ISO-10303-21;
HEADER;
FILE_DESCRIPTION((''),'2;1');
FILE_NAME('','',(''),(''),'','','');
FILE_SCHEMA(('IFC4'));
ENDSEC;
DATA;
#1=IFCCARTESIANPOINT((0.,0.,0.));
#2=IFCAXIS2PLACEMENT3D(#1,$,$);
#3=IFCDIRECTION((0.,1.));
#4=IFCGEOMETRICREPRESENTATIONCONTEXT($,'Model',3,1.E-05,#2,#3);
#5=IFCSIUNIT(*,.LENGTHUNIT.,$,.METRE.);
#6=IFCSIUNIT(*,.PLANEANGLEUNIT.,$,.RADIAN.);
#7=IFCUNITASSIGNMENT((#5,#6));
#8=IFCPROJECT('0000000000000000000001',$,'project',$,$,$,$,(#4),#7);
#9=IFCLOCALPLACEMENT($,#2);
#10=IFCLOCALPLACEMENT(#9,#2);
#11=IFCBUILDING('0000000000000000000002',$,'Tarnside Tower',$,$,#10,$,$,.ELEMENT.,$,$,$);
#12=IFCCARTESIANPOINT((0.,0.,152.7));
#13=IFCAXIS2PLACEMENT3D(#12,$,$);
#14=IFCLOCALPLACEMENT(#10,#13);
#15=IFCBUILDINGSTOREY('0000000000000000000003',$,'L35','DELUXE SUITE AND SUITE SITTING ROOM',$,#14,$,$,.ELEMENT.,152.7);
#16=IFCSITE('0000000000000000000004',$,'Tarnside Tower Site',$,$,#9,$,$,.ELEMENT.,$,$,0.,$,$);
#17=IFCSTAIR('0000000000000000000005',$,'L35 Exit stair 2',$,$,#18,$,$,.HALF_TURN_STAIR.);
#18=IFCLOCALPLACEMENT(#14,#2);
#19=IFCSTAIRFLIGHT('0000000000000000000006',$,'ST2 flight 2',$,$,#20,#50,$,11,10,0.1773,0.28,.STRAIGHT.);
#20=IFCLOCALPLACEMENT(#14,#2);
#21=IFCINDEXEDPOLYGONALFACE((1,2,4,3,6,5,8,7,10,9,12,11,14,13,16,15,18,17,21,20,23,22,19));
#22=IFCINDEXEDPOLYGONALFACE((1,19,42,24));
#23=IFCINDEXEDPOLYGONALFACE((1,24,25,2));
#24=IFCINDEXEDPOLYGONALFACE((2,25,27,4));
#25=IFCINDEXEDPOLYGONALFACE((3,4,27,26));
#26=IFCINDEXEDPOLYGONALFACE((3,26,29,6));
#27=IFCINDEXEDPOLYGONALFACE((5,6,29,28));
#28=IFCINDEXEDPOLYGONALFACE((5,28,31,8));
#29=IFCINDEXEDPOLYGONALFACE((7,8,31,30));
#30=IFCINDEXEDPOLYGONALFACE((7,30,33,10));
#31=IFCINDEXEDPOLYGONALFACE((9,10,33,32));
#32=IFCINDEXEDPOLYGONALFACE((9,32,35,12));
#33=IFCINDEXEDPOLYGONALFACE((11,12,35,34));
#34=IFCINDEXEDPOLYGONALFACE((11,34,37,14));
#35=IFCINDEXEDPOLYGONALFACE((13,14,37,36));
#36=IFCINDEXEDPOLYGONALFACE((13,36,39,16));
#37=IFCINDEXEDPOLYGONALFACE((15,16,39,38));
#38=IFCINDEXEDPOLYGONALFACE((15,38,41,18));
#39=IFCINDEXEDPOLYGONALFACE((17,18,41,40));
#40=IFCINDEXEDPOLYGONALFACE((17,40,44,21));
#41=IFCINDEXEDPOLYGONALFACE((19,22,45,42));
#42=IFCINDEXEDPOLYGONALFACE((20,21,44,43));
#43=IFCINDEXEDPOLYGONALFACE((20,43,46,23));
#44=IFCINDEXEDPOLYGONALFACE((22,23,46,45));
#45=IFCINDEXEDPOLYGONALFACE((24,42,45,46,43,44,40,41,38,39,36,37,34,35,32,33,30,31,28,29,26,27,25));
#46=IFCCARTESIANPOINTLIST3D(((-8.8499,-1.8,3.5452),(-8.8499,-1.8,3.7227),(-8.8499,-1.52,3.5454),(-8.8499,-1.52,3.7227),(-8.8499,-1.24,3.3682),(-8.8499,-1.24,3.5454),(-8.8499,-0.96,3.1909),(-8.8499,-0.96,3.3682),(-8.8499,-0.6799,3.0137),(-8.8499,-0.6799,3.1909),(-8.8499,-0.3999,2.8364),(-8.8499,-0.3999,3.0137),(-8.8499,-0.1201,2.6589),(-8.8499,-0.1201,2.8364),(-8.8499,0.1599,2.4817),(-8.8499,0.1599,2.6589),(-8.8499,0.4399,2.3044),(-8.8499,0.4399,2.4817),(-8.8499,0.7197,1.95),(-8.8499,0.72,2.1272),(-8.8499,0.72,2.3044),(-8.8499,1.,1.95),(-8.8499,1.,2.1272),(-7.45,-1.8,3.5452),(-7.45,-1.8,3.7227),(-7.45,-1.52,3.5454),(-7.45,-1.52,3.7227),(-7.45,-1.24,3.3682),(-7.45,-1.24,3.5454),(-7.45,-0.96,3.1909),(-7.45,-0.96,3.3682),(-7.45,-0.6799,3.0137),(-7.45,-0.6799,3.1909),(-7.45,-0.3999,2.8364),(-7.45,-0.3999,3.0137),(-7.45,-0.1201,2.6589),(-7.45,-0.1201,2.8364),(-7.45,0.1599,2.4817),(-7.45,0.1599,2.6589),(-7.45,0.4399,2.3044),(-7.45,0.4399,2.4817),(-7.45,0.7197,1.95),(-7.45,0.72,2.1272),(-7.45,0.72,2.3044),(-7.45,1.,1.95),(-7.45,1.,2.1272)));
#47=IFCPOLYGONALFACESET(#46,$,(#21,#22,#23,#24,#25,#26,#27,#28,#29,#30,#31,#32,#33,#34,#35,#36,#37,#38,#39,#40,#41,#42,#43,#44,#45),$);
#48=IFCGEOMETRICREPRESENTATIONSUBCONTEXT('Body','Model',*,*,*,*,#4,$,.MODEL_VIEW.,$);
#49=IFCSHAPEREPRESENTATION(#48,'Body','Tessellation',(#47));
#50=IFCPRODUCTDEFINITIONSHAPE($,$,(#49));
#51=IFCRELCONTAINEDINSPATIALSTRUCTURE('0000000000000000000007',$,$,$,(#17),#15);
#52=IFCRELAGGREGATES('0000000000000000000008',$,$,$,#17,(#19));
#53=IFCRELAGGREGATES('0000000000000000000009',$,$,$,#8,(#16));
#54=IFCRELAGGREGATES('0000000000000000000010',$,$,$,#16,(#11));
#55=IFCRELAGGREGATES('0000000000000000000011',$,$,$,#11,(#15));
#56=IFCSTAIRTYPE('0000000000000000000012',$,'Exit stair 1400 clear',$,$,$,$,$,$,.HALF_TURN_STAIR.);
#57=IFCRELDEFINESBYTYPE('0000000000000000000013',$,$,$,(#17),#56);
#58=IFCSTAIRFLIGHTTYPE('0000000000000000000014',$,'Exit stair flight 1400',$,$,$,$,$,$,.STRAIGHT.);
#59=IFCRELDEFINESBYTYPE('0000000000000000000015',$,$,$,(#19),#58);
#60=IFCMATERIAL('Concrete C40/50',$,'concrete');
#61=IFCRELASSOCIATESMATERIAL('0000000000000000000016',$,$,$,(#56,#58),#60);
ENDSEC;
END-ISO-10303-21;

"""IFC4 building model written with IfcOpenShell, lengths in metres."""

from ifc_helpers import new_model, si_unit, direction, frame, origin, place, context, subcontext, project, spatial, polyline, outline, extrude, material, type_object, element, aggregate, save


model = new_model("IFC4")

# Units and contexts
model_context = context("Model", 3, precision=1e-05, world=origin(), true_north=direction((0.0, 1.0)))
body_context = subcontext(model_context, "Body", "Model", "MODEL_VIEW")
ifc_project = project(units=[si_unit("LENGTHUNIT", "METRE"), si_unit("PLANEANGLEUNIT", "RADIAN")], contexts=[model_context])

# Site, building, storey
site_placement = place(None, origin())
site = spatial("IfcSite", under=ifc_project, at=site_placement, Name="Tarnside Tower Site", CompositionType="ELEMENT", RefElevation=0.0)
building_placement = place(site_placement, origin())
building = spatial("IfcBuilding", under=site, at=building_placement, Name="Tarnside Tower", CompositionType="ELEMENT")
storey_placement = place(building_placement, frame((0.0, 0.0, 152.7)))
storey = spatial("IfcBuildingStorey", under=building, at=storey_placement, Name="L35", Description="DELUXE SUITE AND SUITE SITTING ROOM", CompositionType="ELEMENT", Elevation=152.7)

# Shared definitions
ifc_material_1 = material(Name="Concrete C40/50", Category="concrete")

# Stair, stair flight
stair_type = type_object("IfcStairType", Name="Exit stair 1400 clear", PredefinedType="HALF_TURN_STAIR", material=ifc_material_1)
stair_placement = place(storey_placement, origin())
stair = element("IfcStair", 1, at=stair_placement, inside=storey, type_object=stair_type, Name="L35 Exit stair 2", PredefinedType="HALF_TURN_STAIR")
stair_flight_type = type_object("IfcStairFlightType", Name="Exit stair flight 1400", PredefinedType="STRAIGHT", material=ifc_material_1)
stair_flight_placement = place(storey_placement, frame((-8.1499, 1.0, 1.95), z_axis=(0.0, 0.0, 1.0), x_axis=(0.0, -1.0, 0.0)))
stair_flight = element("IfcStairFlight", 2, at=stair_flight_placement, type_object=stair_flight_type, Name="ST2 flight 2", NumberOfRisers=11, NumberOfTreads=10, PredefinedType="STRAIGHT", RiserHeight=0.1773, TreadLength=0.28, context=body_context, shape_type="SweptSolid", body=[
    extrude(outline(polyline([(0.0, 0.0), (0.0, 0.1772), (0.28, 0.1772), (0.28, 0.3545), (0.5601, 0.3545), (0.5601, 0.5317), (0.8401, 0.5317), (0.8401, 0.709), (1.1201, 0.709), (1.1201, 0.8865), (1.3999, 0.8865), (1.3999, 1.0637), (1.6799, 1.0637), (1.6799, 1.241), (1.96, 1.241), (1.96, 1.4182), (2.24, 1.4182), (2.24, 1.5955), (2.52, 1.5955), (2.52, 1.7727), (2.8, 1.7727), (2.8, 1.95), (2.8, 1.5952), (0.2803, 0.0), (0.0, 0.0)])), frame((0.0, 0.7, 0.0), z_axis=(0.0, -1.0, 0.0), x_axis=(1.0, 0.0, 0.0)), (0.0, 0.0, 1.0), 1.3999),
])
aggregate(stair, [stair_flight])

save(model, "model.ifc")
